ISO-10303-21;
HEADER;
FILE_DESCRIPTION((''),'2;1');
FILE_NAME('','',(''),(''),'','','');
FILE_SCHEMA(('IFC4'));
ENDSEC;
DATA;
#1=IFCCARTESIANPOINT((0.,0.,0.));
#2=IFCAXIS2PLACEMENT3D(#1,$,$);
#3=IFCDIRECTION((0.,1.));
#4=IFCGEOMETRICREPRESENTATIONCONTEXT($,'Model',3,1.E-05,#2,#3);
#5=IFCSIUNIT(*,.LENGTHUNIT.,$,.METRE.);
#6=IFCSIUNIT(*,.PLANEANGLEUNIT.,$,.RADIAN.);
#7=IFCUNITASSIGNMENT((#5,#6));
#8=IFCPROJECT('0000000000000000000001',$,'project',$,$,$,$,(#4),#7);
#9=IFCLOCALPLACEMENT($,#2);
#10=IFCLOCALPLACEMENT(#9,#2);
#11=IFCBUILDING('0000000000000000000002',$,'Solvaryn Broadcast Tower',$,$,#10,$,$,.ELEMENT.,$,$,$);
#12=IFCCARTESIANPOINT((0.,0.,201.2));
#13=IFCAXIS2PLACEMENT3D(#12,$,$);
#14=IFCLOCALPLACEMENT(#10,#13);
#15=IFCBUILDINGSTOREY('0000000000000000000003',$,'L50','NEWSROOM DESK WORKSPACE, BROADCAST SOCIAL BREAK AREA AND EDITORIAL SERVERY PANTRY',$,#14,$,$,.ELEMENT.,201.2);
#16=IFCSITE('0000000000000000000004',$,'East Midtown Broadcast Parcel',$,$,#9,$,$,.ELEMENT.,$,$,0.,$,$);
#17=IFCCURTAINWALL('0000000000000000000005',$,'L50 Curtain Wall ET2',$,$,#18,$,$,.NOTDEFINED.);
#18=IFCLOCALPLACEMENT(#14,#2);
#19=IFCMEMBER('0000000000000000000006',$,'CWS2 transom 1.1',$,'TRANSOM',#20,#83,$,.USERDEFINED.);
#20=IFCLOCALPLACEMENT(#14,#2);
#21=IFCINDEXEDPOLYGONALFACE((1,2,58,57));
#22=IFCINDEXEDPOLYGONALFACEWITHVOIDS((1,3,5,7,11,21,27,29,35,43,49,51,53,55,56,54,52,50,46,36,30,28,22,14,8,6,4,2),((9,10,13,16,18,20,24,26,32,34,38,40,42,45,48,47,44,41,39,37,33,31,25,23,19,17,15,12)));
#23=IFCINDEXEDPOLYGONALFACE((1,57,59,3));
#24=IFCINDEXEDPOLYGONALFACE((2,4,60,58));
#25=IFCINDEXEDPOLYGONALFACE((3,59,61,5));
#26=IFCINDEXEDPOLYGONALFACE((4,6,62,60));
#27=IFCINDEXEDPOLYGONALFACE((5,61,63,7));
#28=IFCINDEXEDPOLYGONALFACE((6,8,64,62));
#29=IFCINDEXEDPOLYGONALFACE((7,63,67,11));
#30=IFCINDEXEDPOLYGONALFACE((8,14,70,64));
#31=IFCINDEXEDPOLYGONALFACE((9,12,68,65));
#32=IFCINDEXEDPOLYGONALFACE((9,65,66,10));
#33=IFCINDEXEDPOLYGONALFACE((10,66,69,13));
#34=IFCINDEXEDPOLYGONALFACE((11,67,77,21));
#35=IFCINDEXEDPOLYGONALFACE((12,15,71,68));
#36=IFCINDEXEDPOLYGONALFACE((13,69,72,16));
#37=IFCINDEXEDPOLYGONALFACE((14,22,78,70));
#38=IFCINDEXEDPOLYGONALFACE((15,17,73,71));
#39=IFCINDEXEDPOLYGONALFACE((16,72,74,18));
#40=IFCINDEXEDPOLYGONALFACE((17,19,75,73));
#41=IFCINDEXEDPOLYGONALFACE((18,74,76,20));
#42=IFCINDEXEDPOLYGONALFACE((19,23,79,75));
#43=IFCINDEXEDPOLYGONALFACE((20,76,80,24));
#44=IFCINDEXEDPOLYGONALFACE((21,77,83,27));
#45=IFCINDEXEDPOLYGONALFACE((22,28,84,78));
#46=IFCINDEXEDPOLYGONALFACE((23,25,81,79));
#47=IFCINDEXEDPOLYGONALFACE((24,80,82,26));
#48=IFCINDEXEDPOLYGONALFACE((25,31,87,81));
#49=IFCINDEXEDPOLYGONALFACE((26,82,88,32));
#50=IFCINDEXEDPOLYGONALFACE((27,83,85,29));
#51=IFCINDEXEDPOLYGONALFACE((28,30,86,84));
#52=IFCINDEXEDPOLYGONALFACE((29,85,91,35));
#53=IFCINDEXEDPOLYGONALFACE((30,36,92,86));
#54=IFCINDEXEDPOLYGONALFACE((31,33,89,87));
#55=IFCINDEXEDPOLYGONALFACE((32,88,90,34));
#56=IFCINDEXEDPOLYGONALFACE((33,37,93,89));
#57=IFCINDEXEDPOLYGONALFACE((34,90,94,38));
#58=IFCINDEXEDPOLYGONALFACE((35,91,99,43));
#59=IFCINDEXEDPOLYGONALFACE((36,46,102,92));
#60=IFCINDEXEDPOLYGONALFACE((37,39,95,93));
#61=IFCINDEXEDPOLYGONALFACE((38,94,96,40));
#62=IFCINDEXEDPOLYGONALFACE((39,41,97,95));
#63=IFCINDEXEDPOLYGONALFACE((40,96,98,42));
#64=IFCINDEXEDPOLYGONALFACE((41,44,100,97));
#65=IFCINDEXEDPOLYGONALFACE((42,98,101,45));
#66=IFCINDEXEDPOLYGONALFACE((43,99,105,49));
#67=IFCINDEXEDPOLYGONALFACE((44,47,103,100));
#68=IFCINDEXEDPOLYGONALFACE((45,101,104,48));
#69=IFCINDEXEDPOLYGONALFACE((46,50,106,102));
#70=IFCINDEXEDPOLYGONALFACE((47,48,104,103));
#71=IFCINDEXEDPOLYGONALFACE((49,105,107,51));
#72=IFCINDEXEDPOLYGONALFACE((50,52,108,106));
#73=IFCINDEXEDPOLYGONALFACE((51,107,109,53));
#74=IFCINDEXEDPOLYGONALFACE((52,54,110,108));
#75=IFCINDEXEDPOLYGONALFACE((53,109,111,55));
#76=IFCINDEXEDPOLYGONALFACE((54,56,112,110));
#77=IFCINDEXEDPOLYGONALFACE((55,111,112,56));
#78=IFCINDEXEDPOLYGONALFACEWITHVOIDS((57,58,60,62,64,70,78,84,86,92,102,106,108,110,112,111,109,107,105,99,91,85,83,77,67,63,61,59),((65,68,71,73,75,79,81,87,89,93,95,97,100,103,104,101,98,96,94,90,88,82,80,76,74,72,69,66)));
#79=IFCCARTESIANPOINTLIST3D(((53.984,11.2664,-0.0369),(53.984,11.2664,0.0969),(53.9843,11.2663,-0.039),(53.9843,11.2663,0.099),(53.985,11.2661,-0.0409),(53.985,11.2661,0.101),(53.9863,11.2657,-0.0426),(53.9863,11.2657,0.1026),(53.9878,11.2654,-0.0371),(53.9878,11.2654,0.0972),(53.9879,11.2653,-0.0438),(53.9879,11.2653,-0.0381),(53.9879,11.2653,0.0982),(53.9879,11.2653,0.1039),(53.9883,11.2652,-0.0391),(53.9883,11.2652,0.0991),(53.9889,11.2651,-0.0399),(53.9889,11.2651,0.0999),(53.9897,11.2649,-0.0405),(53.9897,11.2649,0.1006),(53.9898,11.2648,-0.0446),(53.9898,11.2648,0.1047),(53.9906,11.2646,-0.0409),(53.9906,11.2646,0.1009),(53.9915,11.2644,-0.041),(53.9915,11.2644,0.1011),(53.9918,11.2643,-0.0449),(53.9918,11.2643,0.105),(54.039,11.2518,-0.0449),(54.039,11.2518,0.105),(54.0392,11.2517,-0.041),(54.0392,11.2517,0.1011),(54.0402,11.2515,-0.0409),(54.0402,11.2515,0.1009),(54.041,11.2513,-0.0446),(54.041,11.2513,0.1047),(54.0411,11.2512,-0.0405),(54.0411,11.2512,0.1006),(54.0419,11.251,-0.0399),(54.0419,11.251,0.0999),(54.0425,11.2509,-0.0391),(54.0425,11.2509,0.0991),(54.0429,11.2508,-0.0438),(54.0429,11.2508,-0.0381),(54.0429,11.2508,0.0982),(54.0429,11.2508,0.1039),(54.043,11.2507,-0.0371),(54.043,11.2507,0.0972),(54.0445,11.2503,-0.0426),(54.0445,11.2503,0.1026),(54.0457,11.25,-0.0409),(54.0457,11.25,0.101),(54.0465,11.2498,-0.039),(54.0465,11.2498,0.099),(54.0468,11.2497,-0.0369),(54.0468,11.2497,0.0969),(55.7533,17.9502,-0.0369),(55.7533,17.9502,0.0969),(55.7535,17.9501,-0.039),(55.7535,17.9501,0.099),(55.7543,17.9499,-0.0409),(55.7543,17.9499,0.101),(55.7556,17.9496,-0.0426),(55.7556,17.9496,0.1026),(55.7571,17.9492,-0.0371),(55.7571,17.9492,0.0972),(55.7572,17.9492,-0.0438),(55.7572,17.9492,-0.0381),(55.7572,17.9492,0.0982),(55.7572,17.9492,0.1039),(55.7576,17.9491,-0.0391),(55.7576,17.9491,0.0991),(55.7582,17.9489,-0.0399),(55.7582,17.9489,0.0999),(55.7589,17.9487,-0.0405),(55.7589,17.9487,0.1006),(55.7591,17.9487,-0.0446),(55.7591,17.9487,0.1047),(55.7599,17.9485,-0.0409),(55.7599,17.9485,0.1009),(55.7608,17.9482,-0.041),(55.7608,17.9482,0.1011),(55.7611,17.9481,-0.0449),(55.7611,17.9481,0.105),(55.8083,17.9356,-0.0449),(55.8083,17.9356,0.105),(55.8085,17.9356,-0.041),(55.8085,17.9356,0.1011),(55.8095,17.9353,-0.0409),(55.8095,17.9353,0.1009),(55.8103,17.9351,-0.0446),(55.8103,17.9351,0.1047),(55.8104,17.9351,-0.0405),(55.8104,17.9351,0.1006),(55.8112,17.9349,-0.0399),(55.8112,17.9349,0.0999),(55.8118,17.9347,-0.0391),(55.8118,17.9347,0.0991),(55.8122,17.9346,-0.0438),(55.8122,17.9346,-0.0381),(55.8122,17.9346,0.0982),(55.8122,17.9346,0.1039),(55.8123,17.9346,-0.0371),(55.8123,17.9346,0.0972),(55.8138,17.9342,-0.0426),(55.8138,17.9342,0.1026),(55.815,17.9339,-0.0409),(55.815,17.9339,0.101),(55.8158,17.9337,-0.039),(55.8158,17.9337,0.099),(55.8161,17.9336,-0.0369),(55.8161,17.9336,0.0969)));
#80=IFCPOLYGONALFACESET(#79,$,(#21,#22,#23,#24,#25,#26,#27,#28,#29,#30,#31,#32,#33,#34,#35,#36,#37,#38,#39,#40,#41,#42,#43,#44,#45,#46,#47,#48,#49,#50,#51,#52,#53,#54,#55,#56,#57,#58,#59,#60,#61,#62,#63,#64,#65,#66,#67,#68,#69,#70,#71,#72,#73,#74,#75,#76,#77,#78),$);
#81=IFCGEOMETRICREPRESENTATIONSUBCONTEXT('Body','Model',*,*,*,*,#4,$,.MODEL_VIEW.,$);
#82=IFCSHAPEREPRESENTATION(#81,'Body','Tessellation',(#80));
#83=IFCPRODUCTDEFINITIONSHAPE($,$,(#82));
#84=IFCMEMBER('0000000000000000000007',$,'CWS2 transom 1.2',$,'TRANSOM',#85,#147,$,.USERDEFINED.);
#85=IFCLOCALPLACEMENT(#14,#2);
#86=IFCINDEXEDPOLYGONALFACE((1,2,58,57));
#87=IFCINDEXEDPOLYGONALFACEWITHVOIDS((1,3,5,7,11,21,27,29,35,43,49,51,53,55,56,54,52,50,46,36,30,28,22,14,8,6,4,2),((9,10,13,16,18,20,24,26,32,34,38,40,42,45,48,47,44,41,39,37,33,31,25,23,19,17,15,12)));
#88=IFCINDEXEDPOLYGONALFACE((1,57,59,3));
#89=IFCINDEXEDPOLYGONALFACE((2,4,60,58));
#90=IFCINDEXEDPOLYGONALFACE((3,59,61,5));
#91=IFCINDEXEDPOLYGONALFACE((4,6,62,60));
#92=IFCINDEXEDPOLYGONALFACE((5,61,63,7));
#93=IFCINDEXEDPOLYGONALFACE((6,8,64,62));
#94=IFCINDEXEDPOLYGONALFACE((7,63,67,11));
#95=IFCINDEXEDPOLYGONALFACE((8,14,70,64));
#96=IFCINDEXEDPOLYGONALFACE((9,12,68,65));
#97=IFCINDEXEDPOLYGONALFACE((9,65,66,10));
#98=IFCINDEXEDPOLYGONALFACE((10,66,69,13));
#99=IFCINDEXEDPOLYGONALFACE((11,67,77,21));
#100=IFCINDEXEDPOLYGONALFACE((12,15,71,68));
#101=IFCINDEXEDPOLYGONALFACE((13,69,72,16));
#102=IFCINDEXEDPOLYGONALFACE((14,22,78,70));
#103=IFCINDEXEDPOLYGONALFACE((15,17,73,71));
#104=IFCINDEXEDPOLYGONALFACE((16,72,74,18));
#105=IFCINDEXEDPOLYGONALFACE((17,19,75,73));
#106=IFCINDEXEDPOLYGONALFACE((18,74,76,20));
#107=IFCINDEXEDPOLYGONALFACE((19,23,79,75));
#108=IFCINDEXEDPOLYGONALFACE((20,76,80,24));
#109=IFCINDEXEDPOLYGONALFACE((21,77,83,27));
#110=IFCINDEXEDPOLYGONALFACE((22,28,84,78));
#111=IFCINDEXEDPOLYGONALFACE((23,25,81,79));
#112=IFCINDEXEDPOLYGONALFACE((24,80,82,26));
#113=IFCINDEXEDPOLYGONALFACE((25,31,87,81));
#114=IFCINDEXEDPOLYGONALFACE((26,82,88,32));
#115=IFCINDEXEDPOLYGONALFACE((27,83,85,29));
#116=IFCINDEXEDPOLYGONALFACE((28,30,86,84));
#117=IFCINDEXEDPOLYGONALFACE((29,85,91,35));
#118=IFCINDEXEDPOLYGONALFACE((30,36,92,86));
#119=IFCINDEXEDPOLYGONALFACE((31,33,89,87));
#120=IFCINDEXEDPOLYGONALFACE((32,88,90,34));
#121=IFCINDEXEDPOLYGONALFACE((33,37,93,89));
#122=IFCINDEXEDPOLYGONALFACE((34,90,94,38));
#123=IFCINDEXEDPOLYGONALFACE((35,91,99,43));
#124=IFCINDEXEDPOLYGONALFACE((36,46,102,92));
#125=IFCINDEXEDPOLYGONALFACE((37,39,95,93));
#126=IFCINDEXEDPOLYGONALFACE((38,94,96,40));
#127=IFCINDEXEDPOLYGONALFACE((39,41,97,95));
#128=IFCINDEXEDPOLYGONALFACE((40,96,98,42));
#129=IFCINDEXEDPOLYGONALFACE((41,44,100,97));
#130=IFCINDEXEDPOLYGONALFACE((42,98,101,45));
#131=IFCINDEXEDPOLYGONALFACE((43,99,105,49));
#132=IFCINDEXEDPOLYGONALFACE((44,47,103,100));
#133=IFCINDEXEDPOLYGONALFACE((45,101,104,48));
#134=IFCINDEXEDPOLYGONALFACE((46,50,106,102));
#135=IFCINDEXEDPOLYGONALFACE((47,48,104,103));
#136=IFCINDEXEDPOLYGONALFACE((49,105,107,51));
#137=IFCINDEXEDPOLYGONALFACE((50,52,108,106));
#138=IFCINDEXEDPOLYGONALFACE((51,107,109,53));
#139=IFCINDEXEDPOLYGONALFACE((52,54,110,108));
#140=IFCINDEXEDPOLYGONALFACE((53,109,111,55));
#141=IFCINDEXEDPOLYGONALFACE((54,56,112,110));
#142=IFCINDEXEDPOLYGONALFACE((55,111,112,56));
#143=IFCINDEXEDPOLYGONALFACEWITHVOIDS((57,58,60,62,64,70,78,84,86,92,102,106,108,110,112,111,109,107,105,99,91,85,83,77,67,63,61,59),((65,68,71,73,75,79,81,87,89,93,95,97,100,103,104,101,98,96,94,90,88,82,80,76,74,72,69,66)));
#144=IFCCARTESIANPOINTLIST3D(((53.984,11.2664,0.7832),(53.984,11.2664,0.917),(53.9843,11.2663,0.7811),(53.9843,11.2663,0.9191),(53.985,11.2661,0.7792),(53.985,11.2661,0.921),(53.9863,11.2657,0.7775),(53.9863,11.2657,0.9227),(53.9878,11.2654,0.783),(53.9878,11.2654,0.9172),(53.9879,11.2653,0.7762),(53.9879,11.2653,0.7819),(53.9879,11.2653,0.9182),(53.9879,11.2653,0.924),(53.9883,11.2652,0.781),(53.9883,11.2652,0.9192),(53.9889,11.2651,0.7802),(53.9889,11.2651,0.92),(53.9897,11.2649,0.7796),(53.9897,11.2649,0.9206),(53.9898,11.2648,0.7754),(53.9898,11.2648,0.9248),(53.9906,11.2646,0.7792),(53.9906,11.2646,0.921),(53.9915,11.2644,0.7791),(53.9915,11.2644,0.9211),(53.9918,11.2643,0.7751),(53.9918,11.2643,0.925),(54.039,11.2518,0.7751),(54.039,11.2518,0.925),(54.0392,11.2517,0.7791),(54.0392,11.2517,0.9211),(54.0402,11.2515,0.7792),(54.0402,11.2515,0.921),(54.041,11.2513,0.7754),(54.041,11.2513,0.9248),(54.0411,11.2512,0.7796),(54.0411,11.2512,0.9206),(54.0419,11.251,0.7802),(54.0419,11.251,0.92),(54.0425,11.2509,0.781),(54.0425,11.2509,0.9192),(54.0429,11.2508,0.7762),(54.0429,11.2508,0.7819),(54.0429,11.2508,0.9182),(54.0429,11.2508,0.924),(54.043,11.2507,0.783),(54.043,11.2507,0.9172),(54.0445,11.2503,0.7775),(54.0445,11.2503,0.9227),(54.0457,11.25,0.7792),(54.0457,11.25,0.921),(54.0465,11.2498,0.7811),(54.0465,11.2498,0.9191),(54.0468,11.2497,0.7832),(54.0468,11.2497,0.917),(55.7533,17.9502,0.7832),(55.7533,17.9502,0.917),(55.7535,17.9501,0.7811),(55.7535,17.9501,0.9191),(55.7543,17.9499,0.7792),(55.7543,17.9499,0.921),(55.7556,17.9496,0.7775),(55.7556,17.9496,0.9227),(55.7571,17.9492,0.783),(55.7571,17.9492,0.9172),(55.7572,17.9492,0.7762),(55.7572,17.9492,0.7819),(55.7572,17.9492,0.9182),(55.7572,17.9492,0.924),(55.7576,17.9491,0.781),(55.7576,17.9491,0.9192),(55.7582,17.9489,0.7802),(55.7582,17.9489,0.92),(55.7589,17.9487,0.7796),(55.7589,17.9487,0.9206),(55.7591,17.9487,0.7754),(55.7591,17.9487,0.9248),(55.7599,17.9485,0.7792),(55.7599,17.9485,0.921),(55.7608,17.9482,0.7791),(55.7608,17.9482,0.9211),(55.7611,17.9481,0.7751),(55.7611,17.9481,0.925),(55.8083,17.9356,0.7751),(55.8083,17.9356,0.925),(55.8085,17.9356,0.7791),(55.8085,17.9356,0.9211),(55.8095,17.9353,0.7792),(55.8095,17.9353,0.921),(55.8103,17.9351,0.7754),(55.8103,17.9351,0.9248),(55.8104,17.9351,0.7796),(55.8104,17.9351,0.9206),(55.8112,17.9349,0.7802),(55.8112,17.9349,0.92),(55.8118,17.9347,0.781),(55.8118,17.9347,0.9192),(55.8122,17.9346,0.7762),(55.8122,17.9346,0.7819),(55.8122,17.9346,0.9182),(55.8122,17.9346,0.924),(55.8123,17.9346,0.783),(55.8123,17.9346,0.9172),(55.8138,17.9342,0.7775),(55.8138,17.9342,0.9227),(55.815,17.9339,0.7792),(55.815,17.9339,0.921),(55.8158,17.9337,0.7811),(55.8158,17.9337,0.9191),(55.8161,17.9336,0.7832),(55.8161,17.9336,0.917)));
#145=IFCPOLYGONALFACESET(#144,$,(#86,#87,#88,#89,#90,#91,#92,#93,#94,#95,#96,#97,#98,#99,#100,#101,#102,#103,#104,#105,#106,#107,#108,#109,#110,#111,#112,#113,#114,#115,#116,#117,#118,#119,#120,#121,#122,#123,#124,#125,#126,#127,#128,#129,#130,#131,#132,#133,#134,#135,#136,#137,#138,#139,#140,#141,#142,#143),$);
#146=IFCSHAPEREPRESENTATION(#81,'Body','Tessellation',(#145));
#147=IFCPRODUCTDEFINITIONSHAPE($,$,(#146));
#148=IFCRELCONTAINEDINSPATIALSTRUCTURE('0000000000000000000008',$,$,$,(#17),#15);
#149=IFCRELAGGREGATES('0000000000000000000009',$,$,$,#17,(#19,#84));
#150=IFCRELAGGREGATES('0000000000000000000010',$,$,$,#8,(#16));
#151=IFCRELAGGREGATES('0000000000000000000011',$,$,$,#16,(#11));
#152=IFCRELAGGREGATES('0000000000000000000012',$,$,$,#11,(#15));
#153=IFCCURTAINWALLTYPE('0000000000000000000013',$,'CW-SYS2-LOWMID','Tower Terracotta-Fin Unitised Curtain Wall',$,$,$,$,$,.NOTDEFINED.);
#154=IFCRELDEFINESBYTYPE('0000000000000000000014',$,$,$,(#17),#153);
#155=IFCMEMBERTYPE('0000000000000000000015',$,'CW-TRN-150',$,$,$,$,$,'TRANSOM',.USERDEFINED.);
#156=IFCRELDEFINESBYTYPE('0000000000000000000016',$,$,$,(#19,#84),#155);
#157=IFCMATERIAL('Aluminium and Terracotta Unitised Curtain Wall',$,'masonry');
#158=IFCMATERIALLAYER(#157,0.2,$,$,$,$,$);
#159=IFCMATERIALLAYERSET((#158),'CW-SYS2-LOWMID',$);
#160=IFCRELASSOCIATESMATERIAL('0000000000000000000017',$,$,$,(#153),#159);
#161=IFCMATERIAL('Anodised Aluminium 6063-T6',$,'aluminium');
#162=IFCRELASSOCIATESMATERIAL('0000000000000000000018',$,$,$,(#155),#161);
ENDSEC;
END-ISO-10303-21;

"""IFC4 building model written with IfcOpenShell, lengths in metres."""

from ifc_helpers import new_model, si_unit, direction, frame, origin, origin_2d, place, context, subcontext, project, spatial, hollow_rectangle, extrude, material, layer, layer_set, material_profile, profile_set, type_object, element, aggregate, save


model = new_model("IFC4")

# Units and contexts
model_context = context("Model", 3, precision=1e-05, world=origin(), true_north=direction((0.0, 1.0)))
body_context = subcontext(model_context, "Body", "Model", "MODEL_VIEW")
ifc_project = project(units=[si_unit("LENGTHUNIT", "METRE"), si_unit("PLANEANGLEUNIT", "RADIAN")], contexts=[model_context])

# Site, building, storey
site_placement = place(None, origin())
site = spatial("IfcSite", under=ifc_project, at=site_placement, Name="East Midtown Broadcast Parcel", CompositionType="ELEMENT", RefElevation=0.0)
building_placement = place(site_placement, origin())
building = spatial("IfcBuilding", under=site, at=building_placement, Name="Solvaryn Broadcast Tower", CompositionType="ELEMENT")
storey_placement = place(building_placement, frame((0.0, 0.0, 201.2)))
storey = spatial("IfcBuildingStorey", under=building, at=storey_placement, Name="L50", Description="NEWSROOM DESK WORKSPACE, BROADCAST SOCIAL BREAK AREA AND EDITORIAL SERVERY PANTRY", CompositionType="ELEMENT", Elevation=201.2)

# Shared definitions
ifc_material_1 = material(Name="Aluminium and Terracotta Unitised Curtain Wall", Category="masonry")
ifc_layer_1 = layer(ifc_material_1, 0.2)
ifc_layer_set_1 = layer_set([ifc_layer_1], Name="CW-SYS2-LOWMID")
curtain_wall_type = type_object("IfcCurtainWallType", Name="CW-SYS2-LOWMID", Description="Tower Terracotta-Fin Unitised Curtain Wall", PredefinedType="NOTDEFINED", material=ifc_layer_set_1)

# Curtain wall, members
curtain_wall_1_placement = place(storey_placement, origin())
curtain_wall_1 = element("IfcCurtainWall", 1, at=curtain_wall_1_placement, inside=storey, type_object=curtain_wall_type, Name="L50 Curtain Wall ET2", PredefinedType="NOTDEFINED")
ifc_material_2 = material(Name="Anodised Aluminium 6063-T6", Category="aluminium")
ifc_material_profile_1 = material_profile(ifc_material_2, hollow_rectangle(XDim=0.0649, YDim=0.1499, WallThickness=0.0039, InnerFilletRadius=0.0039, OuterFilletRadius=0.0081, at=origin_2d()))
ifc_profile_set_1 = profile_set([ifc_material_profile_1], Name="Anodised Aluminium 6063-T6")
member_type_1 = type_object("IfcMemberType", Name="CW-TRN-150", ElementType="TRANSOM", PredefinedType="USERDEFINED", material=ifc_profile_set_1)
member_1_placement = place(storey_placement, frame((55.7847, 17.9419, 0.03), z_axis=(-0.255897, -0.966704, 0.0), x_axis=(0.966704, -0.255897, 0.0)))
member_1 = element("IfcMember", 2, at=member_1_placement, type_object=member_type_1, Name="CWS2 transom 1.1", ObjectType="TRANSOM", PredefinedType="USERDEFINED", context=body_context, shape_type="SweptSolid", body=[
    extrude(hollow_rectangle(XDim=0.0649, YDim=0.1499, WallThickness=0.0039, InnerFilletRadius=0.0039, OuterFilletRadius=0.0081, at=origin_2d()), origin(), (0.0, 0.0, 1.0), 6.9141),
])
member_2_placement = place(storey_placement, frame((55.7847, 17.9419, 0.8501), z_axis=(-0.255897, -0.966704, 0.0), x_axis=(0.966704, -0.255897, 0.0)))
member_2 = element("IfcMember", 3, at=member_2_placement, type_object=member_type_1, Name="CWS2 transom 1.2", ObjectType="TRANSOM", PredefinedType="USERDEFINED", context=body_context, shape_type="SweptSolid", body=[
    extrude(hollow_rectangle(XDim=0.0649, YDim=0.1499, WallThickness=0.0039, InnerFilletRadius=0.0039, OuterFilletRadius=0.0081, at=origin_2d()), origin(), (0.0, 0.0, 1.0), 6.9141),
])
aggregate(curtain_wall_1, [member_1, member_2])

save(model, "model.ifc")
